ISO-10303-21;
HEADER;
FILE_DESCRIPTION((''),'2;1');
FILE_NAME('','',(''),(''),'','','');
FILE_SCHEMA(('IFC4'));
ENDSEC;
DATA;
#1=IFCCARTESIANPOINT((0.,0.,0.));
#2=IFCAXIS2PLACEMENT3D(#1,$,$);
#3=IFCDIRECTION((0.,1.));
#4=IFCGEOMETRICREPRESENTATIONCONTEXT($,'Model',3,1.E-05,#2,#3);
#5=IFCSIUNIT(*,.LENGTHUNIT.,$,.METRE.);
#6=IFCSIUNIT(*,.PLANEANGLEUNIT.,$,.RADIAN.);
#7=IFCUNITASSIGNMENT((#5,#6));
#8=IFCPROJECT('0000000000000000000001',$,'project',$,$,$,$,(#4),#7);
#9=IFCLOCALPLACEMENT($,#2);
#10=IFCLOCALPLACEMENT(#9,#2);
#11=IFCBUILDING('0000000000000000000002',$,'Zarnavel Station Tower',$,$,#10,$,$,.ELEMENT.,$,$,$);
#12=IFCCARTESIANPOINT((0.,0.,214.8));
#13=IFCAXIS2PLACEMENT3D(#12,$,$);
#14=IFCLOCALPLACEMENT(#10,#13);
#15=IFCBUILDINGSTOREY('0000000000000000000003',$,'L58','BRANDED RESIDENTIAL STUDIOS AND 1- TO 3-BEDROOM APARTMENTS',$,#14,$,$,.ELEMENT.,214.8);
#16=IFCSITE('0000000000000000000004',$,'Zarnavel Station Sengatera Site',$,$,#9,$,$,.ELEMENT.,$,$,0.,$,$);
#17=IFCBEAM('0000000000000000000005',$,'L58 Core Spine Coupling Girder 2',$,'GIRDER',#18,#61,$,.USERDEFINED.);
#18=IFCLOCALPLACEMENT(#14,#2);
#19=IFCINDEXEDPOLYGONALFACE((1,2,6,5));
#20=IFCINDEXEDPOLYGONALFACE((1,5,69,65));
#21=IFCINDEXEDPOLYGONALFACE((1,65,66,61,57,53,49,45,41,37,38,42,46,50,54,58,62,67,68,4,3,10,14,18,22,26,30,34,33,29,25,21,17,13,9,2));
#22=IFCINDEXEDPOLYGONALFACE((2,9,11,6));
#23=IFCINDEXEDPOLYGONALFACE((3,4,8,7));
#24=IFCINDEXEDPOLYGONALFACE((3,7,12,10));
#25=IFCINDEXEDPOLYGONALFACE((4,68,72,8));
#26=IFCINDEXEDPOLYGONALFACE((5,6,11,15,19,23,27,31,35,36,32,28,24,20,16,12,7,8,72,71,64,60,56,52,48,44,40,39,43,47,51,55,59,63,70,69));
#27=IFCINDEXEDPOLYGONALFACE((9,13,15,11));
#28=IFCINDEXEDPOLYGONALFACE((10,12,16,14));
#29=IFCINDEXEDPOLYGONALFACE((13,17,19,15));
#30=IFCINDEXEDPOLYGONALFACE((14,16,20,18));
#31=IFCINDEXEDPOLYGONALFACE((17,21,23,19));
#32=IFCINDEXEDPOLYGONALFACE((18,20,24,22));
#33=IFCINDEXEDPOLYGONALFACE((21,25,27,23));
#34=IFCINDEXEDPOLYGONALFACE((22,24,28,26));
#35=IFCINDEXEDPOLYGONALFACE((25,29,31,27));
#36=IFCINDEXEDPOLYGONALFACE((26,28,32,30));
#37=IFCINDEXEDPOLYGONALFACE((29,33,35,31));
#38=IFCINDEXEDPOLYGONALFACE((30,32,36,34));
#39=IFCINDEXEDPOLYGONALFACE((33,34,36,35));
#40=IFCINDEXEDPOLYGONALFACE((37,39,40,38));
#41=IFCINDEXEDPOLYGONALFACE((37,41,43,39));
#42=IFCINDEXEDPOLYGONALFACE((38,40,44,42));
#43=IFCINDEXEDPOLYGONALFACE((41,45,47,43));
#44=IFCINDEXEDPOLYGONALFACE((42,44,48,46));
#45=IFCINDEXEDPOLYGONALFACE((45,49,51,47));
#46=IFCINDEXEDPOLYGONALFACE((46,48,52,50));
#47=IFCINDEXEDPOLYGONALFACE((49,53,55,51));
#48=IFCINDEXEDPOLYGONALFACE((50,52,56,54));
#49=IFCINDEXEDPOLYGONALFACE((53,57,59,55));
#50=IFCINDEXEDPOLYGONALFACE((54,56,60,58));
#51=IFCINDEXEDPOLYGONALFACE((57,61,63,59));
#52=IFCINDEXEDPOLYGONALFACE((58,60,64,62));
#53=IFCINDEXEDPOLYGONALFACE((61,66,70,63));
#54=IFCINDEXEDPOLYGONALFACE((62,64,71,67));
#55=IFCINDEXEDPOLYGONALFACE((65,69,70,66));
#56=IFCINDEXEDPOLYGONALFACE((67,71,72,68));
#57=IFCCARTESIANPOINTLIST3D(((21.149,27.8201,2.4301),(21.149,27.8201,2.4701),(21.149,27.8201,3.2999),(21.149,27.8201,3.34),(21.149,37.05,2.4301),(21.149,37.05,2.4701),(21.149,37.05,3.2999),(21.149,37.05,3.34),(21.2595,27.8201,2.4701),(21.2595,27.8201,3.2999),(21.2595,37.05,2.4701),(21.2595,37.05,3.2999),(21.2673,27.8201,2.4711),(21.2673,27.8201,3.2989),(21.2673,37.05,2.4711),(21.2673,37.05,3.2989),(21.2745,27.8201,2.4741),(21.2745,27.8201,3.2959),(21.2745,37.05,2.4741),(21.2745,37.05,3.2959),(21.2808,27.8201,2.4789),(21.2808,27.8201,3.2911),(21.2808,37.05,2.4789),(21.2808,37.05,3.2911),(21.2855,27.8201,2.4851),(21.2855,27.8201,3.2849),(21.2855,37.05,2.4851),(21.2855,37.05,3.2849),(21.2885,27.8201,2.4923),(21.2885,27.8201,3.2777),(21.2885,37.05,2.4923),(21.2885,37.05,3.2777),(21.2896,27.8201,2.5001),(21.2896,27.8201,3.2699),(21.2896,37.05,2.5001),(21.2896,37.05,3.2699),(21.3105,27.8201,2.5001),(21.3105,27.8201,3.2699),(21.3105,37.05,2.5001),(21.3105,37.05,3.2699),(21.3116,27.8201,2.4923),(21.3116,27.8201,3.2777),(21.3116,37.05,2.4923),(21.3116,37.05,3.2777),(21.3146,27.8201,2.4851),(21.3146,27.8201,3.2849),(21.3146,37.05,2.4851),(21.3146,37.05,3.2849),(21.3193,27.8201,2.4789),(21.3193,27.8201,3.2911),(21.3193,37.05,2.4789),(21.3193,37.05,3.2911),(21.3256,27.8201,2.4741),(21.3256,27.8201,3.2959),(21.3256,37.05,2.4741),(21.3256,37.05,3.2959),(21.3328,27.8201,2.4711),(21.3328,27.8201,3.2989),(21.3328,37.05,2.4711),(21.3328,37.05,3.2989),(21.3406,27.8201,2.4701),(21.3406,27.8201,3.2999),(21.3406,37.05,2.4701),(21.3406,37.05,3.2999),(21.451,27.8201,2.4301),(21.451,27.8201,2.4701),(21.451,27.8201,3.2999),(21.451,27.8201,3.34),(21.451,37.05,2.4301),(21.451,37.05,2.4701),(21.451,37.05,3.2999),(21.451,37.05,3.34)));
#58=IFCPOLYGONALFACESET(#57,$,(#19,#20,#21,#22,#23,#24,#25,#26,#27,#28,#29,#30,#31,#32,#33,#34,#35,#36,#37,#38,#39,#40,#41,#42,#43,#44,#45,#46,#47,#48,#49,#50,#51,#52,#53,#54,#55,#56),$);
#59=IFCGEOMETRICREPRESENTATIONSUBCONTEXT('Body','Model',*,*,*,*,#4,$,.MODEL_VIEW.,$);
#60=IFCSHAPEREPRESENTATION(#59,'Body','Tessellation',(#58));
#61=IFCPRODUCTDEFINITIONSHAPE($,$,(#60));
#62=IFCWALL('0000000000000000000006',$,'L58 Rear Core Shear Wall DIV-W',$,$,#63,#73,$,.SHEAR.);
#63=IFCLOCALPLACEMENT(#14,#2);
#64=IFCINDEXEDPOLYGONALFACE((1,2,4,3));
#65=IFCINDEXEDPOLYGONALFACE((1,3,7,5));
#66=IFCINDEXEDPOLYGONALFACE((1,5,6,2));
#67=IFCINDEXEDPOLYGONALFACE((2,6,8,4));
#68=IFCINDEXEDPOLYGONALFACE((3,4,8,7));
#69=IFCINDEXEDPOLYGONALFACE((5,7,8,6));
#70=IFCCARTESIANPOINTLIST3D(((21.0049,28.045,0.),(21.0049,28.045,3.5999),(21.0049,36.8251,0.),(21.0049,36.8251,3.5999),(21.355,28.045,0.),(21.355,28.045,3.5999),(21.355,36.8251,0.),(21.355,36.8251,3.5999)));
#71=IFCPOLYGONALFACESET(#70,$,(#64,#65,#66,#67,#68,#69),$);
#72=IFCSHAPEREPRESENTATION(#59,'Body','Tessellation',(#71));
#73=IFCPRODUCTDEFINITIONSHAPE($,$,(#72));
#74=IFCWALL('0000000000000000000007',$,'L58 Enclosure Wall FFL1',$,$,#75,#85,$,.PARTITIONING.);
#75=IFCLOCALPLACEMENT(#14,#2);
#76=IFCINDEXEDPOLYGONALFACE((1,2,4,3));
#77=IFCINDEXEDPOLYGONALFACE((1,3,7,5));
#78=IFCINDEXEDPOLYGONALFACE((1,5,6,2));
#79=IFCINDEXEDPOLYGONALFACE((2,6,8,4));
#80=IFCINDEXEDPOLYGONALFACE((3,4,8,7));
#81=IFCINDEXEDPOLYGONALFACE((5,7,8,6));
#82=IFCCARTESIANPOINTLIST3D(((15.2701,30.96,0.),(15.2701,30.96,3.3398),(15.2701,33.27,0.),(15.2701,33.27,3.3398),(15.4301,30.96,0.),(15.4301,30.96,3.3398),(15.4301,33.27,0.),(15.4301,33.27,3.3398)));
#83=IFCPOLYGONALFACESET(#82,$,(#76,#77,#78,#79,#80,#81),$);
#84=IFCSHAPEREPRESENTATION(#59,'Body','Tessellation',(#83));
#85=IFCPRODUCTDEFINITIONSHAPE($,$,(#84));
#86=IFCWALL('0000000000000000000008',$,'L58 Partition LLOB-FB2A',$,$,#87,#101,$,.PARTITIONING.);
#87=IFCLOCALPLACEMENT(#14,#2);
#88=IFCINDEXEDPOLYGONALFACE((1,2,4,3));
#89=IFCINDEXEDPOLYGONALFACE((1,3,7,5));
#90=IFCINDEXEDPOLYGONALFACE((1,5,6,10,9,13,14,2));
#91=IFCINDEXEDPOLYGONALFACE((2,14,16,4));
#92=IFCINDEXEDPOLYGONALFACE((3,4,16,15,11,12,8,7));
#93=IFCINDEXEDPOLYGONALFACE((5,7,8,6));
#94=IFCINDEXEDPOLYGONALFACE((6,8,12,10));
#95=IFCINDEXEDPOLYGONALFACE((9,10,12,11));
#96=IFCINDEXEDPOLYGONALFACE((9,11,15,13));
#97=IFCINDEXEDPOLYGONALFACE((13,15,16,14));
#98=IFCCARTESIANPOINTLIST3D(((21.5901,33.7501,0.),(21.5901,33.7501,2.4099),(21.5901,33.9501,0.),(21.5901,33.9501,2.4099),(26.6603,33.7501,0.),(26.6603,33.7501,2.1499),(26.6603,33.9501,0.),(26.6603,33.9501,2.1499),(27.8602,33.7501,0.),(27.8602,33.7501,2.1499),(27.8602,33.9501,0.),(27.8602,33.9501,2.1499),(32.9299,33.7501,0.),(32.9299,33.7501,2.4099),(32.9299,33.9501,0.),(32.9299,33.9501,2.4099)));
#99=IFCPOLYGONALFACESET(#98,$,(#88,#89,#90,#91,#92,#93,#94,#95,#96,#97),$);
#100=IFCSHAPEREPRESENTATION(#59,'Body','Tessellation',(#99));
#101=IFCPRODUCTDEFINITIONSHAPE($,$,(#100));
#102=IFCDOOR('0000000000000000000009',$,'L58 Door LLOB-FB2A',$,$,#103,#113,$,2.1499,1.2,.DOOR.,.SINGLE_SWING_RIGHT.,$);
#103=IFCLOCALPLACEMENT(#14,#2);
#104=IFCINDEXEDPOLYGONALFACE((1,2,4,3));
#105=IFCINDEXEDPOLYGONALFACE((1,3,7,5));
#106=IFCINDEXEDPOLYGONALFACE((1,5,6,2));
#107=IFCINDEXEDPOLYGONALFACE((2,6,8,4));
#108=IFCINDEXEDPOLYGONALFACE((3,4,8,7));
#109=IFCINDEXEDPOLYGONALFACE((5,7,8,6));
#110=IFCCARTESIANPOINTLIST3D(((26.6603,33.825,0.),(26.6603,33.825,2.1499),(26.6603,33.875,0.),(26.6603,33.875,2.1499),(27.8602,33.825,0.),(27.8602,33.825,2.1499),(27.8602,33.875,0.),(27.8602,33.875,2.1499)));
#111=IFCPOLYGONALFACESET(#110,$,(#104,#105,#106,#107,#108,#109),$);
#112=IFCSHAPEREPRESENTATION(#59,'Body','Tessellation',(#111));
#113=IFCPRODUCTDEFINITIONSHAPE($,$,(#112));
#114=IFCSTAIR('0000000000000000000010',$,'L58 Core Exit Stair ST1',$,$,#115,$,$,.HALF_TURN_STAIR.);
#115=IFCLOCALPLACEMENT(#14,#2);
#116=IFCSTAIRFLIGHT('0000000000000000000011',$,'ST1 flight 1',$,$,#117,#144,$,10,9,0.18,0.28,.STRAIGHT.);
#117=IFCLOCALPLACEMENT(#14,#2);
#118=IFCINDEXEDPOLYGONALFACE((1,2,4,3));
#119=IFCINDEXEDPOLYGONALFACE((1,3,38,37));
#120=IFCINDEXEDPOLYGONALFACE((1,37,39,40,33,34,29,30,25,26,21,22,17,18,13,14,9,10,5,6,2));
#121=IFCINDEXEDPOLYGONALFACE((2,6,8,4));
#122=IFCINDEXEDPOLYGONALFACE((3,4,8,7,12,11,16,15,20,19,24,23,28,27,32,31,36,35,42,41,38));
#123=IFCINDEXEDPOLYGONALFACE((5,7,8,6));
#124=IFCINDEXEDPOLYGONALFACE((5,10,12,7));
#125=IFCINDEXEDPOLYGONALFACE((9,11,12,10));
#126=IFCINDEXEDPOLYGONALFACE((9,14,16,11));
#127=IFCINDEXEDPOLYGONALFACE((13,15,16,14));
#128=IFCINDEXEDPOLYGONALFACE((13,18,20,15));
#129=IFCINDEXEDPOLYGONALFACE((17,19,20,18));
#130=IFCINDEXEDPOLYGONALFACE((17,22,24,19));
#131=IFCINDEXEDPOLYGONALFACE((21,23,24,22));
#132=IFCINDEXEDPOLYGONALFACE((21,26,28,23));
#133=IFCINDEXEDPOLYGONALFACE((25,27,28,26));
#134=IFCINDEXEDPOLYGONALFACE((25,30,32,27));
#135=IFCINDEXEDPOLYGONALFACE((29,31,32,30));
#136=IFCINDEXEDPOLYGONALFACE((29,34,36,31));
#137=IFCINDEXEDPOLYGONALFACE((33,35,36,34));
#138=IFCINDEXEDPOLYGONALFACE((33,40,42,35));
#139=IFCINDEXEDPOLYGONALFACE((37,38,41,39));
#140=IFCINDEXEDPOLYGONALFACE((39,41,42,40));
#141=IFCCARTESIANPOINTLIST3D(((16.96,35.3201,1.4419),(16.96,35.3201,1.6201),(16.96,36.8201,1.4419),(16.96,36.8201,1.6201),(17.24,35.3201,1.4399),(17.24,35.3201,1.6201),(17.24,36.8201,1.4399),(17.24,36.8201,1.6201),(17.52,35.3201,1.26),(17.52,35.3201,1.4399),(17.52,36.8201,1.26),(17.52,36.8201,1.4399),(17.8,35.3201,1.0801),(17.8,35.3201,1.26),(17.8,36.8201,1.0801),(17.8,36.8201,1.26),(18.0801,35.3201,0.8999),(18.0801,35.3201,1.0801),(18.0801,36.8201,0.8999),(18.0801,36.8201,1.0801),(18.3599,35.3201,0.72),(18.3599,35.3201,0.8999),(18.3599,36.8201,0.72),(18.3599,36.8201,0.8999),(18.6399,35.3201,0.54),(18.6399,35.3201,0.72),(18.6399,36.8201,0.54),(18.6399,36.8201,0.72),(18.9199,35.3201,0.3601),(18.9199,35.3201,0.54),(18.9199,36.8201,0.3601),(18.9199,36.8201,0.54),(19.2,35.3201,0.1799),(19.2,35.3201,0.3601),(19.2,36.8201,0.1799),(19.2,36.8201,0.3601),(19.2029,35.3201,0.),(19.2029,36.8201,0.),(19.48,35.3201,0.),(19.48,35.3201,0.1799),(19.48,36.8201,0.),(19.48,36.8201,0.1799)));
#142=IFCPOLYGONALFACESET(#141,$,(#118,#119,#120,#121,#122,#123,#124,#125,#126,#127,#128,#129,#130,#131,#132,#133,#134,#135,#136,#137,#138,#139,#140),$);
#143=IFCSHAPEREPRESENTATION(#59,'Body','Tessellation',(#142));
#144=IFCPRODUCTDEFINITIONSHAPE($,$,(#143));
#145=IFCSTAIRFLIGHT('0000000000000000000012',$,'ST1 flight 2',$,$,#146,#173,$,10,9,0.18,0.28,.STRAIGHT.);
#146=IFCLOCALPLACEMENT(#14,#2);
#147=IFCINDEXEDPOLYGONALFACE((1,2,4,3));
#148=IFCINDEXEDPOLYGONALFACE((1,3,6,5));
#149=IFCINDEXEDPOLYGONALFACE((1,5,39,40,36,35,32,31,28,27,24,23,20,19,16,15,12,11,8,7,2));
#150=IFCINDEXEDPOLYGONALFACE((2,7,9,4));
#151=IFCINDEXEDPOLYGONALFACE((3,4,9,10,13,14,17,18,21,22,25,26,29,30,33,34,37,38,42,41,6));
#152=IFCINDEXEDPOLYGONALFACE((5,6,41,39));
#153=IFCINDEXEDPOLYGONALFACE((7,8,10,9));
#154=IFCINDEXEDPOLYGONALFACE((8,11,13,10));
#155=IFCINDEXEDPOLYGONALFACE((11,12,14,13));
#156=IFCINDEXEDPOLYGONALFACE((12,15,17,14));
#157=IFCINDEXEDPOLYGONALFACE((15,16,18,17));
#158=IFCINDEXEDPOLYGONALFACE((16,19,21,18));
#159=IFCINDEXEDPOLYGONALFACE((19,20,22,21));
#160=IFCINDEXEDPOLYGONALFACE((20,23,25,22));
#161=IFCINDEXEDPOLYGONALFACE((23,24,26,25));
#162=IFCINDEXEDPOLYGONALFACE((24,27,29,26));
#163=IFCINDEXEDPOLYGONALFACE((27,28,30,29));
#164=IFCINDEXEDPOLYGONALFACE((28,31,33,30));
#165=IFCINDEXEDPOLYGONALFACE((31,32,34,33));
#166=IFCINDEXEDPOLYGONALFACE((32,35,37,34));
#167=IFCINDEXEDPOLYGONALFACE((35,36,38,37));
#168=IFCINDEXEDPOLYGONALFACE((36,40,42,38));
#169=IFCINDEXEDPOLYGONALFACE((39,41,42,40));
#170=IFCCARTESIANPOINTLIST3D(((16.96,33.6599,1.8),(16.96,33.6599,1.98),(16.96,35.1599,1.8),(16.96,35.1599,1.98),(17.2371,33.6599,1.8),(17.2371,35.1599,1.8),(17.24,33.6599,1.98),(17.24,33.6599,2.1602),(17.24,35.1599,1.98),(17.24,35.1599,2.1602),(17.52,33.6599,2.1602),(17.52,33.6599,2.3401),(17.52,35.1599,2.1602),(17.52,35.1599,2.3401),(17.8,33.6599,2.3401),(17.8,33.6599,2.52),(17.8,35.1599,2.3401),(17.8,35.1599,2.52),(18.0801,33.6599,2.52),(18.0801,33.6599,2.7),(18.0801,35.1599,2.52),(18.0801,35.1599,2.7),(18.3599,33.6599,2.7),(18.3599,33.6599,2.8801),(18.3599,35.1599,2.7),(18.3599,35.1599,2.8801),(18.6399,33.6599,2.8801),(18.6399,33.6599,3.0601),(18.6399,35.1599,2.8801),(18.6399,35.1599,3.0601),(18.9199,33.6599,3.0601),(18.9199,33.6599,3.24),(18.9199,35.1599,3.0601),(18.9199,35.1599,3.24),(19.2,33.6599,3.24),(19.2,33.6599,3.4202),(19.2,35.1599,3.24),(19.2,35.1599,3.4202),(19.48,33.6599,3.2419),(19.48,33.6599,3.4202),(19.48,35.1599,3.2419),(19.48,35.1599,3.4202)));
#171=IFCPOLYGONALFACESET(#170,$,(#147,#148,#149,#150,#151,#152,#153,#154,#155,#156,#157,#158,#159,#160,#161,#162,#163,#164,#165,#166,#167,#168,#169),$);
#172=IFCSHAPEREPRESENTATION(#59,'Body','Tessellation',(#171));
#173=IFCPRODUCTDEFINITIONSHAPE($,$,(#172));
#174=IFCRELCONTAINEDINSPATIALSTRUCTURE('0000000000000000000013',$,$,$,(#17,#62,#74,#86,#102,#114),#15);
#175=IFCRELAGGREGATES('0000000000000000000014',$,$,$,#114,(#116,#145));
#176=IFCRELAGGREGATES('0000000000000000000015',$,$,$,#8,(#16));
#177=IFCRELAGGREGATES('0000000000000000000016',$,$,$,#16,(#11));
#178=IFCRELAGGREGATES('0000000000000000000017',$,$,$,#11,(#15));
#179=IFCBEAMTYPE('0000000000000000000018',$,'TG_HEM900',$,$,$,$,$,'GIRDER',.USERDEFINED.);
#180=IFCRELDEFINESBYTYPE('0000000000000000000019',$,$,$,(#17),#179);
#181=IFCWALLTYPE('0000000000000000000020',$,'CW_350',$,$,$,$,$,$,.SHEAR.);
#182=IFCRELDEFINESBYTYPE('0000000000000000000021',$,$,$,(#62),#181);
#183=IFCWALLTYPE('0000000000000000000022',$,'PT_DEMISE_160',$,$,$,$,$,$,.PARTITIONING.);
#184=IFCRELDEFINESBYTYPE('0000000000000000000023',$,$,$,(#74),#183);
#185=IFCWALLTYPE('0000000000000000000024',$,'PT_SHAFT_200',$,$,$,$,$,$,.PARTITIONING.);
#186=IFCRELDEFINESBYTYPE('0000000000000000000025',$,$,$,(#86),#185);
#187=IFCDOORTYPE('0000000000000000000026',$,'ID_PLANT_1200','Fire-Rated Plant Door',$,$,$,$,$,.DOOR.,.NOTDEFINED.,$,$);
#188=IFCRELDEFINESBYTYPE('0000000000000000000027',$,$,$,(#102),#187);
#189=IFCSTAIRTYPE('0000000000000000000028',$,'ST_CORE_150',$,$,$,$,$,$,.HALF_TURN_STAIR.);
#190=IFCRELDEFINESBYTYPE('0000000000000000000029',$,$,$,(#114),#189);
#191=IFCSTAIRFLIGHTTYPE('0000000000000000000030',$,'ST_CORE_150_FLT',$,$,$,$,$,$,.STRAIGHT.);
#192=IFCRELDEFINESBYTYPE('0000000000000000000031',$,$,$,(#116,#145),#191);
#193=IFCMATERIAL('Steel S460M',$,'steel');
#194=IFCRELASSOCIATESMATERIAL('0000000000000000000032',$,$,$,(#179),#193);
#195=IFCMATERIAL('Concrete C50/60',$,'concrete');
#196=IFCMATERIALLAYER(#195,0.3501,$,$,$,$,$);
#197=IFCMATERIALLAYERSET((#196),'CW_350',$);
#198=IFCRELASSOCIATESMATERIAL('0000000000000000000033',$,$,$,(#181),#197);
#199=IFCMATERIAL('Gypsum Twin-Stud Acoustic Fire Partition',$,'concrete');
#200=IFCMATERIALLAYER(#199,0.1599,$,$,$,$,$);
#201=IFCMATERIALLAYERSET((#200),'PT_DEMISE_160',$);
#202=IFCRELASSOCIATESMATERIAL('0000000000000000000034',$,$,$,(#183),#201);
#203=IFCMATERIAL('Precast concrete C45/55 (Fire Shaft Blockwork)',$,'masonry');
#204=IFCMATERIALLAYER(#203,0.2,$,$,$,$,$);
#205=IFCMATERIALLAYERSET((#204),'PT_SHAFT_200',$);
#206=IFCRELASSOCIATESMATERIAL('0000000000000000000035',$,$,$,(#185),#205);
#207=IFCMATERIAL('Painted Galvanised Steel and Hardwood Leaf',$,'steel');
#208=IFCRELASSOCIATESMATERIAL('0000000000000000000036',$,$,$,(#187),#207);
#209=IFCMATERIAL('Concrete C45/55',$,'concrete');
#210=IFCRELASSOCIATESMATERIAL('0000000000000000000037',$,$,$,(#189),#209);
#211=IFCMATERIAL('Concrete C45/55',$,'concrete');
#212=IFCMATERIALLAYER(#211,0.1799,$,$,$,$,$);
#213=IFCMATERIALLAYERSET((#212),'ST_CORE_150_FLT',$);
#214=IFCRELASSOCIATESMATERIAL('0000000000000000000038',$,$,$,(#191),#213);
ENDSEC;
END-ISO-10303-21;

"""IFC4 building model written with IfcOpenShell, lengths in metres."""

from ifc_helpers import new_model, si_unit, direction, frame, frame_2d, origin, origin_2d, place, context, subcontext, project, spatial, polyline, rectangle, i_section, outline, extrude, material, layer, layer_set, material_profile, profile_set, type_object, element, fill, aggregate, save


model = new_model("IFC4")

# Units and contexts
model_context = context("Model", 3, precision=1e-05, world=origin(), true_north=direction((0.0, 1.0)))
body_context = subcontext(model_context, "Body", "Model", "MODEL_VIEW")
ifc_project = project(units=[si_unit("LENGTHUNIT", "METRE"), si_unit("PLANEANGLEUNIT", "RADIAN")], contexts=[model_context])

# Site, building, storey
site_placement = place(None, origin())
site = spatial("IfcSite", under=ifc_project, at=site_placement, Name="Zarnavel Station Sengatera Site", CompositionType="ELEMENT", RefElevation=0.0)
building_placement = place(site_placement, origin())
building = spatial("IfcBuilding", under=site, at=building_placement, Name="Zarnavel Station Tower", CompositionType="ELEMENT")
storey_placement = place(building_placement, frame((0.0, 0.0, 214.8)))
storey = spatial("IfcBuildingStorey", under=building, at=storey_placement, Name="L58", Description="BRANDED RESIDENTIAL STUDIOS AND 1- TO 3-BEDROOM APARTMENTS", CompositionType="ELEMENT", Elevation=214.8)

# Beam
ifc_material_1 = material(Name="Steel S460M", Category="steel")
ifc_material_profile_1 = material_profile(ifc_material_1, i_section(OverallWidth=0.302, OverallDepth=0.9099, WebThickness=0.021, FlangeThickness=0.04, FilletRadius=0.03, at=origin_2d()), Name="HEM900")
ifc_profile_set_1 = profile_set([ifc_material_profile_1], Name="Steel S460M")
beam_type_1 = type_object("IfcBeamType", Name="TG_HEM900", ElementType="GIRDER", PredefinedType="USERDEFINED", material=ifc_profile_set_1)
beam_1_placement = place(storey_placement, frame((21.3, 27.8201, 2.885), z_axis=(0.0, 1.0, 0.0), x_axis=(-1.0, 0.0, 0.0)))
element("IfcBeam", 1, at=beam_1_placement, inside=storey, type_object=beam_type_1, Name="L58 Core Spine Coupling Girder 2", ObjectType="GIRDER", PredefinedType="USERDEFINED", context=body_context, shape_type="SweptSolid", body=[
    extrude(i_section(OverallWidth=0.302, OverallDepth=0.9099, WebThickness=0.021, FlangeThickness=0.04, FilletRadius=0.03, at=origin_2d()), origin(), (0.0, 0.0, 1.0), 9.23),
])

# Wall
ifc_material_2 = material(Name="Concrete C50/60", Category="concrete")
ifc_layer_1 = layer(ifc_material_2, 0.3501)
ifc_layer_set_1 = layer_set([ifc_layer_1], Name="CW_350")
wall_type_1 = type_object("IfcWallType", Name="CW_350", PredefinedType="SHEAR", material=ifc_layer_set_1)
wall_1_placement = place(storey_placement, frame((21.1799, 28.0449, 0.0), z_axis=(0.0, 0.0, 1.0), x_axis=(0.0, 1.0, 0.0)))
element("IfcWall", 2, at=wall_1_placement, inside=storey, type_object=wall_type_1, Name="L58 Rear Core Shear Wall DIV-W", PredefinedType="SHEAR", context=body_context, shape_type="SweptSolid", body=[
    extrude(rectangle(XDim=8.78, YDim=0.3501, at=frame_2d((4.3901, 0.0))), origin(), (0.0, 0.0, 1.0), 3.5999),
])

# Wall
ifc_material_3 = material(Name="Gypsum Twin-Stud Acoustic Fire Partition", Category="concrete")
ifc_layer_2 = layer(ifc_material_3, 0.1599)
ifc_layer_set_2 = layer_set([ifc_layer_2], Name="PT_DEMISE_160")
wall_type_2 = type_object("IfcWallType", Name="PT_DEMISE_160", PredefinedType="PARTITIONING", material=ifc_layer_set_2)
wall_2_placement = place(storey_placement, frame((15.3501, 30.96, 0.0), z_axis=(0.0, 0.0, 1.0), x_axis=(0.0, 1.0, 0.0)))
element("IfcWall", 3, at=wall_2_placement, inside=storey, type_object=wall_type_2, Name="L58 Enclosure Wall FFL1", PredefinedType="PARTITIONING", context=body_context, shape_type="SweptSolid", body=[
    extrude(rectangle(XDim=2.3101, YDim=0.1599, at=frame_2d((1.155, 0.0))), origin(), (0.0, 0.0, 1.0), 3.3398),
])

# Wall, opening, door
ifc_material_4 = material(Name="Precast concrete C45/55 (Fire Shaft Blockwork)", Category="masonry")
ifc_layer_3 = layer(ifc_material_4, 0.2)
ifc_layer_set_3 = layer_set([ifc_layer_3], Name="PT_SHAFT_200")
wall_type_3 = type_object("IfcWallType", Name="PT_SHAFT_200", PredefinedType="PARTITIONING", material=ifc_layer_set_3)
ifc_material_5 = material(Name="Painted Galvanised Steel and Hardwood Leaf", Category="steel")
door_type_1 = type_object("IfcDoorType", Name="ID_PLANT_1200", Description="Fire-Rated Plant Door", OperationType="NOTDEFINED", PredefinedType="DOOR", material=ifc_material_5)
wall_3_placement = place(storey_placement, frame((21.5901, 33.8501, 0.0), z_axis=(0.0, 0.0, 1.0), x_axis=(1.0, 0.0, 0.0)))
wall_3 = element("IfcWall", 4, at=wall_3_placement, inside=storey, type_object=wall_type_3, Name="L58 Partition LLOB-FB2A", PredefinedType="PARTITIONING", context=body_context, shape_type="SweptSolid", body=[
    extrude(rectangle(XDim=11.3398, YDim=0.2, at=frame_2d((5.6699, 0.0))), origin(), (0.0, 0.0, 1.0), 2.4099),
])
opening_1_placement = place(wall_3_placement, frame((5.0701, 0.0, 0.0)))
opening_1 = element("IfcOpeningElement", 5, at=opening_1_placement, cuts=wall_3, PredefinedType="OPENING", context=body_context, shape_type="SweptSolid", body=[
    extrude(rectangle(XDim=1.2, YDim=2.1499, at=frame_2d((0.6001, 1.075))), frame((0.0, 0.1099, 0.0), z_axis=(0.0, -1.0, 0.0), x_axis=(1.0, 0.0, 0.0)), (0.0, 0.0, 1.0), 0.22),
])
door_1_placement = place(opening_1_placement, origin())
door_1 = element("IfcDoor", 6, at=door_1_placement, inside=storey, type_object=door_type_1, Name="L58 Door LLOB-FB2A", OperationType="SINGLE_SWING_RIGHT", OverallHeight=2.1499, OverallWidth=1.2, PredefinedType="DOOR", context=body_context, shape_type="SweptSolid", body=[
    extrude(rectangle(XDim=1.2, YDim=2.1499, at=frame_2d((0.6001, 1.075))), frame((0.0, 0.0249, 0.0), z_axis=(0.0, -1.0, 0.0), x_axis=(1.0, 0.0, 0.0)), (0.0, 0.0, 1.0), 0.05),
])
fill(opening_1, door_1)

# Stair, stair flights
ifc_material_6 = material(Name="Concrete C45/55", Category="concrete")
stair_type = type_object("IfcStairType", Name="ST_CORE_150", PredefinedType="HALF_TURN_STAIR", material=ifc_material_6)
stair_placement = place(storey_placement, origin())
stair = element("IfcStair", 7, at=stair_placement, inside=storey, type_object=stair_type, Name="L58 Core Exit Stair ST1", PredefinedType="HALF_TURN_STAIR")
ifc_material_7 = material(Name="Concrete C45/55", Category="concrete")
ifc_layer_4 = layer(ifc_material_7, 0.1799)
ifc_layer_set_4 = layer_set([ifc_layer_4], Name="ST_CORE_150_FLT")
stair_flight_type = type_object("IfcStairFlightType", Name="ST_CORE_150_FLT", PredefinedType="STRAIGHT", material=ifc_layer_set_4)
stair_flight_1_placement = place(storey_placement, frame((19.48, 36.0701, 0.0), z_axis=(0.0, 0.0, 1.0), x_axis=(-1.0, 0.0, 0.0)))
stair_flight_1 = element("IfcStairFlight", 8, at=stair_flight_1_placement, type_object=stair_flight_type, Name="ST1 flight 1", NumberOfRisers=10, NumberOfTreads=9, PredefinedType="STRAIGHT", RiserHeight=0.18, TreadLength=0.28, context=body_context, shape_type="SweptSolid", body=[
    extrude(outline(polyline([(0.0, 0.0), (0.0, 0.1799), (0.28, 0.1799), (0.28, 0.3601), (0.5601, 0.3601), (0.5601, 0.54), (0.8401, 0.54), (0.8401, 0.72), (1.1201, 0.72), (1.1201, 0.8999), (1.3999, 0.8999), (1.3999, 1.0801), (1.6799, 1.0801), (1.6799, 1.26), (1.96, 1.26), (1.96, 1.4399), (2.24, 1.4399), (2.24, 1.6201), (2.52, 1.6201), (2.52, 1.8), (2.52, 1.4419), (0.2771, 0.0), (0.0, 0.0)])), frame((0.0, 0.75, 0.0), z_axis=(0.0, -1.0, 0.0), x_axis=(1.0, 0.0, 0.0)), (0.0, 0.0, 1.0), 1.5),
])
stair_flight_2_placement = place(storey_placement, frame((16.96, 34.4099, 1.8), z_axis=(0.0, 0.0, 1.0), x_axis=(1.0, 0.0, 0.0)))
stair_flight_2 = element("IfcStairFlight", 9, at=stair_flight_2_placement, type_object=stair_flight_type, Name="ST1 flight 2", NumberOfRisers=10, NumberOfTreads=9, PredefinedType="STRAIGHT", RiserHeight=0.18, TreadLength=0.28, context=body_context, shape_type="SweptSolid", body=[
    extrude(outline(polyline([(0.0, 0.0), (0.0, 0.1799), (0.28, 0.1799), (0.28, 0.3601), (0.5601, 0.3601), (0.5601, 0.54), (0.8401, 0.54), (0.8401, 0.72), (1.1201, 0.72), (1.1201, 0.8999), (1.3999, 0.8999), (1.3999, 1.0801), (1.6799, 1.0801), (1.6799, 1.26), (1.96, 1.26), (1.96, 1.4399), (2.24, 1.4399), (2.24, 1.6201), (2.52, 1.6201), (2.52, 1.8), (2.52, 1.4419), (0.2771, 0.0), (0.0, 0.0)])), frame((0.0, 0.75, 0.0), z_axis=(0.0, -1.0, 0.0), x_axis=(1.0, 0.0, 0.0)), (0.0, 0.0, 1.0), 1.5),
])
aggregate(stair, [stair_flight_1, stair_flight_2])

save(model, "model.ifc")
